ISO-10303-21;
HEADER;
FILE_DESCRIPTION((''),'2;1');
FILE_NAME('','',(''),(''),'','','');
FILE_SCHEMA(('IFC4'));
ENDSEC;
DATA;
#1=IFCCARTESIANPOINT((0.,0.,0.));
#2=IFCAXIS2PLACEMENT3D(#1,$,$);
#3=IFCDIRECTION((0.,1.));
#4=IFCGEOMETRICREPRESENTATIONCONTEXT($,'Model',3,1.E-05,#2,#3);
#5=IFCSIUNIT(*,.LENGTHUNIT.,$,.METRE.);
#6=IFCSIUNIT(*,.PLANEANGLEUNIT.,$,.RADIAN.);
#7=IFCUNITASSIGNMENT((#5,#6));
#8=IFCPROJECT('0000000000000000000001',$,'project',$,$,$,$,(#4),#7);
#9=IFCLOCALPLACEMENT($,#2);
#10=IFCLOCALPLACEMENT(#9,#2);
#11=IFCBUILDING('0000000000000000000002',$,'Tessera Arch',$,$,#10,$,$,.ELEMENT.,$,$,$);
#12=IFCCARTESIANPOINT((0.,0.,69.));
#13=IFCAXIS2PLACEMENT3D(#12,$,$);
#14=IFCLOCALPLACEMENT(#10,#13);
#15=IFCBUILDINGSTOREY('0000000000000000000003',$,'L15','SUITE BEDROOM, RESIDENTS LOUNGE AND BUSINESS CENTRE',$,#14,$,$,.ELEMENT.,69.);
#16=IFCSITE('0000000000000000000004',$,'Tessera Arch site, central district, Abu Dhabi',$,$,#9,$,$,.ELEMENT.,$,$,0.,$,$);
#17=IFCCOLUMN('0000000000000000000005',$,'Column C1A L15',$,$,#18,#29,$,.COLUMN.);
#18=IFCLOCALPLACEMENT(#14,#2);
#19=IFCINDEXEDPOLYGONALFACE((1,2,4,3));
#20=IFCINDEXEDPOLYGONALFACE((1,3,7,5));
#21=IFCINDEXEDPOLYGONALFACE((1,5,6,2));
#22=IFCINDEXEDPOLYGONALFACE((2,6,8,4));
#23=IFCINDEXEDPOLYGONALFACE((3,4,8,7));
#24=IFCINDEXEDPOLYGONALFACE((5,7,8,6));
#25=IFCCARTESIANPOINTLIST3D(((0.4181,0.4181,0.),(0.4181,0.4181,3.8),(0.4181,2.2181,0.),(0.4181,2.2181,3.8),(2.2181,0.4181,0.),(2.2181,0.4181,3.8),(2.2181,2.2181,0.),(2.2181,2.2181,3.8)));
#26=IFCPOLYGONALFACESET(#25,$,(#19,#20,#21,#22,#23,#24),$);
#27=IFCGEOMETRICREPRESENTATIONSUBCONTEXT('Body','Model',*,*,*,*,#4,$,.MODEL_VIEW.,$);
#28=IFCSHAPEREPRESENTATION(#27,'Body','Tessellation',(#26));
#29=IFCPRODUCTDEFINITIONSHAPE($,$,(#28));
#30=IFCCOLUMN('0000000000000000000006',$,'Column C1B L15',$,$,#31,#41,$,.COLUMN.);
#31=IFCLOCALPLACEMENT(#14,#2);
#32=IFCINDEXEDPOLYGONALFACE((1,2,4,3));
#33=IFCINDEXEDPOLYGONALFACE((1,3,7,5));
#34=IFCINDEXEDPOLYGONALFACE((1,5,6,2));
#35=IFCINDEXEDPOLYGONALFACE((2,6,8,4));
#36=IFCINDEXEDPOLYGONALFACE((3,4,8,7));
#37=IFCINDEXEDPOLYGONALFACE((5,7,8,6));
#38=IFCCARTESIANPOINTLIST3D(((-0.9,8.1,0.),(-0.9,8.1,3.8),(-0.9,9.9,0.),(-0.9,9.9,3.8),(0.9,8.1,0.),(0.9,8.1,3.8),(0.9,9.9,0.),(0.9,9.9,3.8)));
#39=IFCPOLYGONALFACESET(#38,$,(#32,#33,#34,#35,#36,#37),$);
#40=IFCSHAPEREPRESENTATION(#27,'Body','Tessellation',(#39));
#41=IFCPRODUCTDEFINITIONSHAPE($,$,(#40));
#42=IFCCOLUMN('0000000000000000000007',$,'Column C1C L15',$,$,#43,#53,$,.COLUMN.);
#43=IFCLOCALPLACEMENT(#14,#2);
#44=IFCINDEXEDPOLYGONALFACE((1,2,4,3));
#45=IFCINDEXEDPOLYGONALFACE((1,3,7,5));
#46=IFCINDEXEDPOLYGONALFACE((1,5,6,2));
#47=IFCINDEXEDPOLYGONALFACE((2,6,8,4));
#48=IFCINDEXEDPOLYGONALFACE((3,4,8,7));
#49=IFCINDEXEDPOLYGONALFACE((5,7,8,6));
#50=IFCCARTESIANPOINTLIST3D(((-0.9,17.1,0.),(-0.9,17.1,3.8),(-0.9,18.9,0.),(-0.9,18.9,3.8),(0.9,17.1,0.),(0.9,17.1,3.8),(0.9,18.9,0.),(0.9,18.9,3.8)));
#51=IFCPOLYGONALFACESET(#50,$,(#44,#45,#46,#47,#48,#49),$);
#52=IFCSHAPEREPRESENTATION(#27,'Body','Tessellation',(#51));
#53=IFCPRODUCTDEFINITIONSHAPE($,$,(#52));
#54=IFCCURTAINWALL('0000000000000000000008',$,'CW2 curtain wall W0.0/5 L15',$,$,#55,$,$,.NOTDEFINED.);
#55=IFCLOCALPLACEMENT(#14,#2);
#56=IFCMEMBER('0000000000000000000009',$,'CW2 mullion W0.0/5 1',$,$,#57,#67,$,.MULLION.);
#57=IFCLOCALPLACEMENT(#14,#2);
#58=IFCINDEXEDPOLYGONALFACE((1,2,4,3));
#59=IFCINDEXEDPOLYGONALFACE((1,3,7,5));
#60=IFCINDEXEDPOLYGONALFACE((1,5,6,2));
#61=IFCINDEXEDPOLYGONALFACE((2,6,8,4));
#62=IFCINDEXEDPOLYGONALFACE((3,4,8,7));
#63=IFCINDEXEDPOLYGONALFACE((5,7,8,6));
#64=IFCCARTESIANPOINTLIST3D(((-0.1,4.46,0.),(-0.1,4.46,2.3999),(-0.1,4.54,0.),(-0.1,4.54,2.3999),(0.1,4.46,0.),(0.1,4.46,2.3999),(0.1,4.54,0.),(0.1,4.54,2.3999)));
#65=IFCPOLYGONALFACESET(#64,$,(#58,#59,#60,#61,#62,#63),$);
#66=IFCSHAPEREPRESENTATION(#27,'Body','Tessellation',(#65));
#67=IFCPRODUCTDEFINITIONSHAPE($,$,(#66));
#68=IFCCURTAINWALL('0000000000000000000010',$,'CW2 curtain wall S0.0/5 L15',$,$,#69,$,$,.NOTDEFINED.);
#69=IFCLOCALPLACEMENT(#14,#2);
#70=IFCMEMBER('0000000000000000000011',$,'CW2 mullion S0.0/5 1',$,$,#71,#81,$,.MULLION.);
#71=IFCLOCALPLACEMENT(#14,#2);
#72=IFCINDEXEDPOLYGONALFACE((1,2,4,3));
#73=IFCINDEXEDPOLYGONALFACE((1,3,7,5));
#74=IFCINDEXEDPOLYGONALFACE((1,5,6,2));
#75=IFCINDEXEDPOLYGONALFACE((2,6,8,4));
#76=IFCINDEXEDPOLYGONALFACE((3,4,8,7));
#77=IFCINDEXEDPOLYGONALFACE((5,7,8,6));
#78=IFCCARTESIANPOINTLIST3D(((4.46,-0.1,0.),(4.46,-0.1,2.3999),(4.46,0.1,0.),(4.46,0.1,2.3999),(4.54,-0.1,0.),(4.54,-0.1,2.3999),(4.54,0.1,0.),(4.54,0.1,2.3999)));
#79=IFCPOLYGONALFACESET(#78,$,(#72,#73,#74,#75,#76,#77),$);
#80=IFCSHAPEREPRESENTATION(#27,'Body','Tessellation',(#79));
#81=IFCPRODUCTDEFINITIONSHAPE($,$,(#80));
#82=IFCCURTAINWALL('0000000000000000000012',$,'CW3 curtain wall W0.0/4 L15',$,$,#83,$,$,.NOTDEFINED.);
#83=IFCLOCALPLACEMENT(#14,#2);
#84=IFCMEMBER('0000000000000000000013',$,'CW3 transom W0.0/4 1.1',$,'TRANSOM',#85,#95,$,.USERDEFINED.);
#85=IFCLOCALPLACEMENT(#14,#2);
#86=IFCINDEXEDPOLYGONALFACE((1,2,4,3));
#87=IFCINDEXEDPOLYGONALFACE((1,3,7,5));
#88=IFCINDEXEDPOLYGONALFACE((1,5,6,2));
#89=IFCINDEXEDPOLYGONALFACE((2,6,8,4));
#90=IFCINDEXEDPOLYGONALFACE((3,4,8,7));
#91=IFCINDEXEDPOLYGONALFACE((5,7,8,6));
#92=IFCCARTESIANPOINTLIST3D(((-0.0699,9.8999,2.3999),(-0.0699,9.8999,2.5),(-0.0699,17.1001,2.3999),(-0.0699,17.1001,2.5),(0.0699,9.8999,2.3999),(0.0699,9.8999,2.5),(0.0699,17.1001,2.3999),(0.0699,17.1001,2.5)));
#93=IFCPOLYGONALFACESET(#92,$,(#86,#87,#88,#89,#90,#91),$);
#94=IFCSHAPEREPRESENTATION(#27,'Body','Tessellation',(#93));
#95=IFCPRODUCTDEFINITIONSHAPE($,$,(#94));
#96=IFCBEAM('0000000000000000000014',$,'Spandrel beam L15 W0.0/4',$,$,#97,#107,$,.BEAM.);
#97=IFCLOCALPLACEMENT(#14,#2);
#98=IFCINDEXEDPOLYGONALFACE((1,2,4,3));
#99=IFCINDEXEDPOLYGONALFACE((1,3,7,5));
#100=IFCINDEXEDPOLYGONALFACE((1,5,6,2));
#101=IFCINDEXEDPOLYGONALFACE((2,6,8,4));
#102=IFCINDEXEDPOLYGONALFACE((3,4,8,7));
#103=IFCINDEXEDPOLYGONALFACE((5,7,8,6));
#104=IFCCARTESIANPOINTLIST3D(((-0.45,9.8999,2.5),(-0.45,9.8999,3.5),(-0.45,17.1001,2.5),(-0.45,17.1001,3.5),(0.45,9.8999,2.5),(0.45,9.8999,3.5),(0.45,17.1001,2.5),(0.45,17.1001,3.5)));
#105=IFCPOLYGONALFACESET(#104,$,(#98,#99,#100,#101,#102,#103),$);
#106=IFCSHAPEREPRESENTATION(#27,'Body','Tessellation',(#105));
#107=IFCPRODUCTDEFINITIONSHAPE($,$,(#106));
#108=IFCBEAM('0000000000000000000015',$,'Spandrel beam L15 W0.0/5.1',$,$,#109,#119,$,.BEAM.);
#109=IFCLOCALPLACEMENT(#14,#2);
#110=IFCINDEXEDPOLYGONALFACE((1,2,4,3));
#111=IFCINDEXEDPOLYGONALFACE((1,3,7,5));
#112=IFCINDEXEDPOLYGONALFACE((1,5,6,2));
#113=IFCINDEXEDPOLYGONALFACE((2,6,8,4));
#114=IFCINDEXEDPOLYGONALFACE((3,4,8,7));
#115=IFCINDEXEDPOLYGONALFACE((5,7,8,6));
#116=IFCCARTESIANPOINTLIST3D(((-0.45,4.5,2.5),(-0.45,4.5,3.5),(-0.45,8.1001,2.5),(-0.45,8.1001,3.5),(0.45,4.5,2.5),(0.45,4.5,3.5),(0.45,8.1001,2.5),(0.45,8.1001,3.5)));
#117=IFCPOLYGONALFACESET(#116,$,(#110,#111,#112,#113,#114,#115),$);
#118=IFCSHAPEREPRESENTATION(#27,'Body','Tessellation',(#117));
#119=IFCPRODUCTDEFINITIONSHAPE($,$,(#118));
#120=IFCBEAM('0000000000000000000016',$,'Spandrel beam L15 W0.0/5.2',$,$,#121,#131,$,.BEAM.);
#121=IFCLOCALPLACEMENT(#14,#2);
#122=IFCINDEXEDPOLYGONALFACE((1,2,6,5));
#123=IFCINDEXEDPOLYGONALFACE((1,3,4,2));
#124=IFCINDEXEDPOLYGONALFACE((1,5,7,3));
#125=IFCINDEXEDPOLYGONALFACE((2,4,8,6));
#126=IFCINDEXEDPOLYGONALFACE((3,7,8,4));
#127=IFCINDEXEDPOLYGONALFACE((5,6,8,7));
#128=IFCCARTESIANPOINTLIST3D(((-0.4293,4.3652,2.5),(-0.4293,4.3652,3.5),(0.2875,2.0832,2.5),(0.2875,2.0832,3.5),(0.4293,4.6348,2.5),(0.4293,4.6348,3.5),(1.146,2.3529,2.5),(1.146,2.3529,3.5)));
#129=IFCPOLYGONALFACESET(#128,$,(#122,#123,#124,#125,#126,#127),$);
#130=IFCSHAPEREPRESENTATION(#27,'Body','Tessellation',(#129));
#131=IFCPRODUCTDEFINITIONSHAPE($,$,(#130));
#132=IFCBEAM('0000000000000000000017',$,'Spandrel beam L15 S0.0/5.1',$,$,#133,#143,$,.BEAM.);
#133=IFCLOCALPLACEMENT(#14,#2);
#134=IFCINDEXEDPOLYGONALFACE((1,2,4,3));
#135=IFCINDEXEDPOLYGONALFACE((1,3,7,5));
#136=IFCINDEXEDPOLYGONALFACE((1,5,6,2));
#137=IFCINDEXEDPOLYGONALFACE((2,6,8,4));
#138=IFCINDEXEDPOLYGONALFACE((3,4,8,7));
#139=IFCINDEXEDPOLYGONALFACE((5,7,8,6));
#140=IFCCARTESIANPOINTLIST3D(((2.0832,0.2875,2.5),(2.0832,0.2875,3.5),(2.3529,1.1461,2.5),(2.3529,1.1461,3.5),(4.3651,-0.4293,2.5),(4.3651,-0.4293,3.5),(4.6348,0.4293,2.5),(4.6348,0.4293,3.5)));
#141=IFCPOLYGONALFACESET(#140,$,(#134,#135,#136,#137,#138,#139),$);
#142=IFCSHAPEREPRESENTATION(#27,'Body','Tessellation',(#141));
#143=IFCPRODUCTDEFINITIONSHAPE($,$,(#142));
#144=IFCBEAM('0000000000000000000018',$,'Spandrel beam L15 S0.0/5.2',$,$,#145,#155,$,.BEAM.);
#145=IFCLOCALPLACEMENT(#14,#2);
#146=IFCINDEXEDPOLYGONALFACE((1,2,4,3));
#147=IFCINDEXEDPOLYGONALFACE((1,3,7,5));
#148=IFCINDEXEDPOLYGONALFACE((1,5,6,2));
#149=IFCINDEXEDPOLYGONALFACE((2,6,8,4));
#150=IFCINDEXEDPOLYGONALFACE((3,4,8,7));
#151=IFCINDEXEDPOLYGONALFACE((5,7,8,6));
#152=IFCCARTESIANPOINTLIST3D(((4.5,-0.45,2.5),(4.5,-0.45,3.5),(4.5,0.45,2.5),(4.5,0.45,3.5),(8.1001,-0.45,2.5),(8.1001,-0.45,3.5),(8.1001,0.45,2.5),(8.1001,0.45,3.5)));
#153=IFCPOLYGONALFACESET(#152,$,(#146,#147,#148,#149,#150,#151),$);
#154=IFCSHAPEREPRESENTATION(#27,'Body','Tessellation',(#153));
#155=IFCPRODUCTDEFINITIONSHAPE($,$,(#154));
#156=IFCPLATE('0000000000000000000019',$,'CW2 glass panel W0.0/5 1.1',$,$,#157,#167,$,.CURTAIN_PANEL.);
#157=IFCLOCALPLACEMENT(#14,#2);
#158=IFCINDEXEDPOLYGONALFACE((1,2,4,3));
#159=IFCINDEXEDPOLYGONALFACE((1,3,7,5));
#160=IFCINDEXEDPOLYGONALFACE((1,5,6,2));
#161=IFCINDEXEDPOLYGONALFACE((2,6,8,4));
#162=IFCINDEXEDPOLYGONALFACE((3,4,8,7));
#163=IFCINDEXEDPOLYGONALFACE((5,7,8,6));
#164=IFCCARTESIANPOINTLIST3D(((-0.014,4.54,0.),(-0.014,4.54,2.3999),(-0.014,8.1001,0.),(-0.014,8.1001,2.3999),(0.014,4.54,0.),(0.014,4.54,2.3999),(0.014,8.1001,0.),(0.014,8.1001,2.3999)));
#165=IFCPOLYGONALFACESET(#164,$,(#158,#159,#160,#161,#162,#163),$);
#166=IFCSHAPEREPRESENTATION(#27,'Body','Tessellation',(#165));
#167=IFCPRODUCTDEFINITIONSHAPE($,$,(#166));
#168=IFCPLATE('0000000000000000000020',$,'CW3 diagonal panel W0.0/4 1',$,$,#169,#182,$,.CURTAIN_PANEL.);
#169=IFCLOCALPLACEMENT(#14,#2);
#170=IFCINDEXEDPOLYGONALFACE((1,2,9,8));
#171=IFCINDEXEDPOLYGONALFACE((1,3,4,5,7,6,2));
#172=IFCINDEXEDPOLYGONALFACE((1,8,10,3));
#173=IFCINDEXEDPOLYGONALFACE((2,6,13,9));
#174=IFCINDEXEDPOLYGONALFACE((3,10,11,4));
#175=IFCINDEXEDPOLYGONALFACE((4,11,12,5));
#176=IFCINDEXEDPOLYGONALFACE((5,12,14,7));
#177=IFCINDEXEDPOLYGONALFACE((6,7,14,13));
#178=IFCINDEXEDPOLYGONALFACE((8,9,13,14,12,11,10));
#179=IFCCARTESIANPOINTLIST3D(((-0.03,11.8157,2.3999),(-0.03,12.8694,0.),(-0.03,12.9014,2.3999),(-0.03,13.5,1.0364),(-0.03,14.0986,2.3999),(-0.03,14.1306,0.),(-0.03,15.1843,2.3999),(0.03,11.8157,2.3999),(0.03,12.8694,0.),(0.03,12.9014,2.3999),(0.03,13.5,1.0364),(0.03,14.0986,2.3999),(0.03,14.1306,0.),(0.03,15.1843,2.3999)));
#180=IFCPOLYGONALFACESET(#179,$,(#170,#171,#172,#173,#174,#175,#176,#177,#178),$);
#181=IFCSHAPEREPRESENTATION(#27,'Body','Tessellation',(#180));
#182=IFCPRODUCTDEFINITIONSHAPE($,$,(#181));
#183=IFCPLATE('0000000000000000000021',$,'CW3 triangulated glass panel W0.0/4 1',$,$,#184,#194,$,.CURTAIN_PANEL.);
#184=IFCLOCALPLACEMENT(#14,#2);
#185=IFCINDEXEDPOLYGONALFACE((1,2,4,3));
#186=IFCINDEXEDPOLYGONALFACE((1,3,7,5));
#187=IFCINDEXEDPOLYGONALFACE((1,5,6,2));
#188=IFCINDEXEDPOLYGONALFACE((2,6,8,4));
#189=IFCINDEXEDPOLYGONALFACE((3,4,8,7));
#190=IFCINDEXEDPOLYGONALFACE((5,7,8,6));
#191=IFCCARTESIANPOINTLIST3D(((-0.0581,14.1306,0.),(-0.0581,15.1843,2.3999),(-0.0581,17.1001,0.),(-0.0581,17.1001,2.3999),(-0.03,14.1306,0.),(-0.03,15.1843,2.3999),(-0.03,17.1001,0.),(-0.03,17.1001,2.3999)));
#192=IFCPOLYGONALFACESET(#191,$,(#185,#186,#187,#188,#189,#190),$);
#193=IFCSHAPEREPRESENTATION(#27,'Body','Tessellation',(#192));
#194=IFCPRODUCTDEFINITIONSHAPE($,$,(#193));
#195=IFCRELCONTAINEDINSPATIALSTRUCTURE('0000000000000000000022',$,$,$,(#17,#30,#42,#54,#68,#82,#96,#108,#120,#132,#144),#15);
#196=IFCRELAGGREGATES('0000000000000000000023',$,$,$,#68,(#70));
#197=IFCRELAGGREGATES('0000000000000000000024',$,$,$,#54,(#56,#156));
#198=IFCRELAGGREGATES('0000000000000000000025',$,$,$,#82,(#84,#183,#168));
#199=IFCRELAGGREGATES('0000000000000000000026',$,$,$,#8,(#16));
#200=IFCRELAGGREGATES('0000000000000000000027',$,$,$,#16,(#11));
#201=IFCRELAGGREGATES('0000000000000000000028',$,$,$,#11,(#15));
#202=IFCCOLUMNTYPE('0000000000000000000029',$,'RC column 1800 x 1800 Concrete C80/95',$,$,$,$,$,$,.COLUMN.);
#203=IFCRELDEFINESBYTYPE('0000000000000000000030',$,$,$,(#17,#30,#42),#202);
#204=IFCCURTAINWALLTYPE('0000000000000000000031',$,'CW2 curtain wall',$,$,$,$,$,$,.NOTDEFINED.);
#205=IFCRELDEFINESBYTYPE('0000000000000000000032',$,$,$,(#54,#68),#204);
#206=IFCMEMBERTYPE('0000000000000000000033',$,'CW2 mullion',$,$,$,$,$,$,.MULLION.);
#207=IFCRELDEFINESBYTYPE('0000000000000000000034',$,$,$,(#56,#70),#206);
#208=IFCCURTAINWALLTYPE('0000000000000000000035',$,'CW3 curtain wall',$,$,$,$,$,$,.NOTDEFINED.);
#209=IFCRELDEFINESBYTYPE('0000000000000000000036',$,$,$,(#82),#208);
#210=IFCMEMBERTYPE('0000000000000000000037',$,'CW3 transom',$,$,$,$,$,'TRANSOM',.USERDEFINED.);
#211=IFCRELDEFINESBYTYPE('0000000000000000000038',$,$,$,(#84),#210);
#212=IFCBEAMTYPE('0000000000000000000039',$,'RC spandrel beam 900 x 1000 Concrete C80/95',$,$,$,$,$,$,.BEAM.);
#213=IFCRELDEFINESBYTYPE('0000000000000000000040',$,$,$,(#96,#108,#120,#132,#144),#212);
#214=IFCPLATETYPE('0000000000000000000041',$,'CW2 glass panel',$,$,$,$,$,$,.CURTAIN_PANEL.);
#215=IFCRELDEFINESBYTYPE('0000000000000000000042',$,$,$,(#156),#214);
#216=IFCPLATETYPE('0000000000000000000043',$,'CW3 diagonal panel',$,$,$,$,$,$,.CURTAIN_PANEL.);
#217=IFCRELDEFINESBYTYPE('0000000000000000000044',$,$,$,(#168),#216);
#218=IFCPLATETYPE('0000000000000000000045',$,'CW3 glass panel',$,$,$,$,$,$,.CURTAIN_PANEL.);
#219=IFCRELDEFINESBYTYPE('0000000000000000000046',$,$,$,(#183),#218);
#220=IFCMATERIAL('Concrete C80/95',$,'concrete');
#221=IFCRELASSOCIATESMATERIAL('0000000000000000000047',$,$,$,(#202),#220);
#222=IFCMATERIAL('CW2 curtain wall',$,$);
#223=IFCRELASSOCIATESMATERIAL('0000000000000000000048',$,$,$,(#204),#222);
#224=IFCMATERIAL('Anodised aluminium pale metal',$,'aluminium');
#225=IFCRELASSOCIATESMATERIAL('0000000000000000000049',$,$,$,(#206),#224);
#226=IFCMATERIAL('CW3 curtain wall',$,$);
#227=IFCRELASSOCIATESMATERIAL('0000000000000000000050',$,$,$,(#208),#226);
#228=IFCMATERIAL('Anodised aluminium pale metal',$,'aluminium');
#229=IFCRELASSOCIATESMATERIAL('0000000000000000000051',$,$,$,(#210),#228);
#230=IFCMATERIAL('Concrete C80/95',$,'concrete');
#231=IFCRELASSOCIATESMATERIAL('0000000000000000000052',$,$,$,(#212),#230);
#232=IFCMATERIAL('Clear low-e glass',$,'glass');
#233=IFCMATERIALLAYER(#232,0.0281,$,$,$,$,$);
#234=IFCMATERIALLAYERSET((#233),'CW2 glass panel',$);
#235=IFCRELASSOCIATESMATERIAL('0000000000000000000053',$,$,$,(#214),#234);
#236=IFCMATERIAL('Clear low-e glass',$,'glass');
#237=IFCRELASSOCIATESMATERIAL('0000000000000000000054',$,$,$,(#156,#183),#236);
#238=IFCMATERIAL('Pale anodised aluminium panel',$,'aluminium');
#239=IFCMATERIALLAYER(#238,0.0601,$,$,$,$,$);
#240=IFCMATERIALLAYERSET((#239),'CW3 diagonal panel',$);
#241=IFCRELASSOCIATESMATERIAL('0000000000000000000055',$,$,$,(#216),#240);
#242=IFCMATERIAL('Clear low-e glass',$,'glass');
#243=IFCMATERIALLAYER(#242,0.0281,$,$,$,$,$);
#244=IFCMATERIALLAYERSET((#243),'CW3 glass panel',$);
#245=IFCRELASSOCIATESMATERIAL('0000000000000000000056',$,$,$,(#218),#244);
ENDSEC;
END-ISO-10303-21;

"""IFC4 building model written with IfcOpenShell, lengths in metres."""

from ifc_helpers import new_model, si_unit, direction, frame, origin, origin_2d, place, context, subcontext, project, spatial, polyline, rectangle, outline, extrude, material, layer, layer_set, material_profile, profile_set, type_object, element, aggregate, save


model = new_model("IFC4")

# Units and contexts
model_context = context("Model", 3, precision=1e-05, world=origin(), true_north=direction((0.0, 1.0)))
body_context = subcontext(model_context, "Body", "Model", "MODEL_VIEW")
ifc_project = project(units=[si_unit("LENGTHUNIT", "METRE"), si_unit("PLANEANGLEUNIT", "RADIAN")], contexts=[model_context])

# Site, building, storey
site_placement = place(None, origin())
site = spatial("IfcSite", under=ifc_project, at=site_placement, Name="Tessera Arch site, central district, Abu Dhabi", CompositionType="ELEMENT", RefElevation=0.0)
building_placement = place(site_placement, origin())
building = spatial("IfcBuilding", under=site, at=building_placement, Name="Tessera Arch", CompositionType="ELEMENT")
storey_placement = place(building_placement, frame((0.0, 0.0, 69.0)))
storey = spatial("IfcBuildingStorey", under=building, at=storey_placement, Name="L15", Description="SUITE BEDROOM, RESIDENTS LOUNGE AND BUSINESS CENTRE", CompositionType="ELEMENT", Elevation=69.0)

# Columns
ifc_material_1 = material(Name="Concrete C80/95", Category="concrete")
ifc_material_profile_1 = material_profile(ifc_material_1, rectangle(XDim=1.8, YDim=1.8, at=origin_2d()), Name="RC column 1800 x 1800 Concrete C80/95")
ifc_profile_set_1 = profile_set([ifc_material_profile_1], Name="Concrete C80/95")
column_type = type_object("IfcColumnType", Name="RC column 1800 x 1800 Concrete C80/95", PredefinedType="COLUMN", material=ifc_profile_set_1)
for number, where, z_axis, x_axis, name in (
    (1, (1.3181, 1.3181, 0.0), (0.0, 0.0, 1.0), (1.0, 0.0, 0.0), "Column C1A L15"),
    (2, (0.0, 9.0, 0.0), (0.0, 0.0, 1.0), (1.0, 0.0, 0.0), "Column C1B L15"),
    (3, (0.0, 18.0, 0.0), (0.0, 0.0, 1.0), (1.0, 0.0, 0.0), "Column C1C L15"),
):
    element("IfcColumn", number, at=place(storey_placement, frame(where, z_axis=z_axis, x_axis=x_axis)), inside=storey, type_object=column_type, Name=name, PredefinedType="COLUMN", context=body_context, shape_type="SweptSolid", body=[
        extrude(rectangle(XDim=1.8, YDim=1.8, at=origin_2d()), origin(), (0.0, 0.0, 1.0), 3.8),
    ])

# Curtain walls, members
ifc_material_2 = material(Name="CW2 curtain wall")
curtain_wall_type_1 = type_object("IfcCurtainWallType", Name="CW2 curtain wall", PredefinedType="NOTDEFINED", material=ifc_material_2)
curtain_wall_1_placement = place(storey_placement, origin())
curtain_wall_1 = element("IfcCurtainWall", 4, at=curtain_wall_1_placement, inside=storey, type_object=curtain_wall_type_1, Name="CW2 curtain wall W0.0/5 L15", PredefinedType="NOTDEFINED")
ifc_material_3 = material(Name="Anodised aluminium pale metal", Category="aluminium")
ifc_material_profile_2 = material_profile(ifc_material_3, rectangle(XDim=0.2, YDim=0.0801, at=origin_2d()), Name="AL 80x200")
ifc_profile_set_2 = profile_set([ifc_material_profile_2], Name="Anodised aluminium pale metal")
member_type_1 = type_object("IfcMemberType", Name="CW2 mullion", PredefinedType="MULLION", material=ifc_profile_set_2)
member_1_placement = place(storey_placement, frame((0.0, 4.5, 0.0), z_axis=(0.0, 0.0, 1.0), x_axis=(1.0, 0.0, 0.0)))
member_1 = element("IfcMember", 5, at=member_1_placement, type_object=member_type_1, Name="CW2 mullion W0.0/5 1", PredefinedType="MULLION", context=body_context, shape_type="SweptSolid", body=[
    extrude(rectangle(XDim=0.2, YDim=0.0801, at=origin_2d()), origin(), (0.0, 0.0, 1.0), 2.3999),
])
curtain_wall_2_placement = place(storey_placement, origin())
curtain_wall_2 = element("IfcCurtainWall", 6, at=curtain_wall_2_placement, inside=storey, type_object=curtain_wall_type_1, Name="CW2 curtain wall S0.0/5 L15", PredefinedType="NOTDEFINED")
member_2_placement = place(storey_placement, frame((4.5, 0.0, 0.0), z_axis=(0.0, 0.0, 1.0), x_axis=(0.0, 1.0, 0.0)))
member_2 = element("IfcMember", 7, at=member_2_placement, type_object=member_type_1, Name="CW2 mullion S0.0/5 1", PredefinedType="MULLION", context=body_context, shape_type="SweptSolid", body=[
    extrude(rectangle(XDim=0.2, YDim=0.0801, at=origin_2d()), origin(), (0.0, 0.0, 1.0), 2.3999),
])
aggregate(curtain_wall_2, [member_2])
ifc_material_4 = material(Name="CW3 curtain wall")
curtain_wall_type_2 = type_object("IfcCurtainWallType", Name="CW3 curtain wall", PredefinedType="NOTDEFINED", material=ifc_material_4)
curtain_wall_3_placement = place(storey_placement, origin())
curtain_wall_3 = element("IfcCurtainWall", 8, at=curtain_wall_3_placement, inside=storey, type_object=curtain_wall_type_2, Name="CW3 curtain wall W0.0/4 L15", PredefinedType="NOTDEFINED")
ifc_material_5 = material(Name="Anodised aluminium pale metal", Category="aluminium")
ifc_material_profile_3 = material_profile(ifc_material_5, rectangle(XDim=0.1399, YDim=0.1001, at=origin_2d()), Name="AL 140x100")
ifc_profile_set_3 = profile_set([ifc_material_profile_3], Name="Anodised aluminium pale metal")
member_type_2 = type_object("IfcMemberType", Name="CW3 transom", ElementType="TRANSOM", PredefinedType="USERDEFINED", material=ifc_profile_set_3)
member_3_placement = place(storey_placement, frame((0.0, 17.1001, 2.45), z_axis=(0.0, -1.0, 0.0), x_axis=(1.0, 0.0, 0.0)))
member_3 = element("IfcMember", 9, at=member_3_placement, type_object=member_type_2, Name="CW3 transom W0.0/4 1.1", ObjectType="TRANSOM", PredefinedType="USERDEFINED", context=body_context, shape_type="SweptSolid", body=[
    extrude(rectangle(XDim=0.1399, YDim=0.1001, at=origin_2d()), origin(), (0.0, 0.0, 1.0), 7.2002),
])

# Beams
ifc_material_6 = material(Name="Concrete C80/95", Category="concrete")
ifc_material_profile_4 = material_profile(ifc_material_6, rectangle(XDim=0.8999, YDim=1.0, at=origin_2d()), Name="RC spandrel beam 900 x 1000 Concrete C80/95")
ifc_profile_set_4 = profile_set([ifc_material_profile_4], Name="Concrete C80/95")
beam_type = type_object("IfcBeamType", Name="RC spandrel beam 900 x 1000 Concrete C80/95", PredefinedType="BEAM", material=ifc_profile_set_4)
beam_1_placement = place(storey_placement, frame((0.0, 17.1001, 3.0), z_axis=(0.0, -1.0, 0.0), x_axis=(1.0, 0.0, 0.0)))
element("IfcBeam", 10, at=beam_1_placement, inside=storey, type_object=beam_type, Name="Spandrel beam L15 W0.0/4", PredefinedType="BEAM", context=body_context, shape_type="SweptSolid", body=[
    extrude(rectangle(XDim=0.8999, YDim=1.0, at=origin_2d()), origin(), (0.0, 0.0, 1.0), 7.2002),
])
beam_2_placement = place(storey_placement, frame((0.0, 8.1001, 3.0), z_axis=(0.0, -1.0, 0.0), x_axis=(1.0, 0.0, 0.0)))
element("IfcBeam", 11, at=beam_2_placement, inside=storey, type_object=beam_type, Name="Spandrel beam L15 W0.0/5.1", PredefinedType="BEAM", context=body_context, shape_type="SweptSolid", body=[
    extrude(rectangle(XDim=0.8999, YDim=1.0, at=origin_2d()), origin(), (0.0, 0.0, 1.0), 3.6001),
])
for number, where, z_axis, x_axis, name in (
    (12, (0.0, 4.5, 3.0), (0.299675, -0.954041, 0.0), (0.954041, 0.299675, 0.0), "Spandrel beam L15 W0.0/5.2"),
    (13, (2.218, 0.7168, 3.0), (0.954041, -0.299675, 0.0), (0.299675, 0.954041, 0.0), "Spandrel beam L15 S0.0/5.1"),
):
    element("IfcBeam", number, at=place(storey_placement, frame(where, z_axis=z_axis, x_axis=x_axis)), inside=storey, type_object=beam_type, Name=name, PredefinedType="BEAM", context=body_context, shape_type="SweptSolid", body=[
        extrude(rectangle(XDim=0.8999, YDim=1.0, at=origin_2d()), origin(), (0.0, 0.0, 1.0), 2.3918),
    ])
beam_3_placement = place(storey_placement, frame((4.5, 0.0, 3.0), z_axis=(1.0, 0.0, 0.0), x_axis=(0.0, 1.0, 0.0)))
element("IfcBeam", 14, at=beam_3_placement, inside=storey, type_object=beam_type, Name="Spandrel beam L15 S0.0/5.2", PredefinedType="BEAM", context=body_context, shape_type="SweptSolid", body=[
    extrude(rectangle(XDim=0.8999, YDim=1.0, at=origin_2d()), origin(), (0.0, 0.0, 1.0), 3.6001),
])

# Plates
ifc_material_7 = material(Name="Clear low-e glass", Category="glass")
ifc_material_8 = material(Name="Clear low-e glass", Category="glass")
ifc_layer_1 = layer(ifc_material_8, 0.0281)
ifc_layer_set_1 = layer_set([ifc_layer_1], Name="CW2 glass panel")
plate_type_1 = type_object("IfcPlateType", Name="CW2 glass panel", PredefinedType="CURTAIN_PANEL", material=ifc_layer_set_1)
plate_1_placement = place(storey_placement, frame((0.0, 6.3201, 0.0), z_axis=(0.0, 0.0, 1.0), x_axis=(0.0, -1.0, 0.0)))
plate_1 = element("IfcPlate", 15, at=plate_1_placement, type_object=plate_type_1, material=ifc_material_7, Name="CW2 glass panel W0.0/5 1.1", PredefinedType="CURTAIN_PANEL", context=body_context, shape_type="SweptSolid", body=[
    extrude(rectangle(XDim=3.5601, YDim=0.0281, at=origin_2d()), origin(), (0.0, 0.0, 1.0), 2.3999),
])
aggregate(curtain_wall_1, [member_1, plate_1])
ifc_material_9 = material(Name="Pale anodised aluminium panel", Category="aluminium")
ifc_layer_2 = layer(ifc_material_9, 0.0601)
ifc_layer_set_2 = layer_set([ifc_layer_2], Name="CW3 diagonal panel")
plate_type_2 = type_object("IfcPlateType", Name="CW3 diagonal panel", PredefinedType="CURTAIN_PANEL", material=ifc_layer_set_2)
plate_2_placement = place(storey_placement, frame((-0.03, 11.8157, 2.3999), z_axis=(-1.0, 0.0, 0.0), x_axis=(0.0, 1.0, 0.0)))
plate_2 = element("IfcPlate", 16, at=plate_2_placement, type_object=plate_type_2, Name="CW3 diagonal panel W0.0/4 1", PredefinedType="CURTAIN_PANEL", context=body_context, shape_type="SweptSolid", body=[
    extrude(outline(polyline([(0.0, 0.0), (1.0857, 0.0), (1.6843, 1.3635), (2.283, 0.0), (3.3687, 0.0), (2.3149, 2.3999), (1.0537, 2.3999), (0.0, 0.0)])), origin(), (0.0, 0.0, -1.0), 0.0601),
])
ifc_material_10 = material(Name="Clear low-e glass", Category="glass")
ifc_layer_3 = layer(ifc_material_10, 0.0281)
ifc_layer_set_3 = layer_set([ifc_layer_3], Name="CW3 glass panel")
plate_type_3 = type_object("IfcPlateType", Name="CW3 glass panel", PredefinedType="CURTAIN_PANEL", material=ifc_layer_set_3)
plate_3_placement = place(storey_placement, frame((-0.0581, 17.1001, 0.0), z_axis=(-1.0, 0.0, 0.0), x_axis=(0.0, -1.0, 0.0)))
plate_3 = element("IfcPlate", 17, at=plate_3_placement, type_object=plate_type_3, material=ifc_material_7, Name="CW3 triangulated glass panel W0.0/4 1", PredefinedType="CURTAIN_PANEL", context=body_context, shape_type="SweptSolid", body=[
    extrude(outline(polyline([(0.0, 0.0), (2.9695, 0.0), (1.9158, 2.3999), (0.0, 2.3999), (0.0, 0.0)])), origin(), (0.0, 0.0, -1.0), 0.0281),
])
aggregate(curtain_wall_3, [member_3, plate_3, plate_2])

save(model, "model.ifc")
